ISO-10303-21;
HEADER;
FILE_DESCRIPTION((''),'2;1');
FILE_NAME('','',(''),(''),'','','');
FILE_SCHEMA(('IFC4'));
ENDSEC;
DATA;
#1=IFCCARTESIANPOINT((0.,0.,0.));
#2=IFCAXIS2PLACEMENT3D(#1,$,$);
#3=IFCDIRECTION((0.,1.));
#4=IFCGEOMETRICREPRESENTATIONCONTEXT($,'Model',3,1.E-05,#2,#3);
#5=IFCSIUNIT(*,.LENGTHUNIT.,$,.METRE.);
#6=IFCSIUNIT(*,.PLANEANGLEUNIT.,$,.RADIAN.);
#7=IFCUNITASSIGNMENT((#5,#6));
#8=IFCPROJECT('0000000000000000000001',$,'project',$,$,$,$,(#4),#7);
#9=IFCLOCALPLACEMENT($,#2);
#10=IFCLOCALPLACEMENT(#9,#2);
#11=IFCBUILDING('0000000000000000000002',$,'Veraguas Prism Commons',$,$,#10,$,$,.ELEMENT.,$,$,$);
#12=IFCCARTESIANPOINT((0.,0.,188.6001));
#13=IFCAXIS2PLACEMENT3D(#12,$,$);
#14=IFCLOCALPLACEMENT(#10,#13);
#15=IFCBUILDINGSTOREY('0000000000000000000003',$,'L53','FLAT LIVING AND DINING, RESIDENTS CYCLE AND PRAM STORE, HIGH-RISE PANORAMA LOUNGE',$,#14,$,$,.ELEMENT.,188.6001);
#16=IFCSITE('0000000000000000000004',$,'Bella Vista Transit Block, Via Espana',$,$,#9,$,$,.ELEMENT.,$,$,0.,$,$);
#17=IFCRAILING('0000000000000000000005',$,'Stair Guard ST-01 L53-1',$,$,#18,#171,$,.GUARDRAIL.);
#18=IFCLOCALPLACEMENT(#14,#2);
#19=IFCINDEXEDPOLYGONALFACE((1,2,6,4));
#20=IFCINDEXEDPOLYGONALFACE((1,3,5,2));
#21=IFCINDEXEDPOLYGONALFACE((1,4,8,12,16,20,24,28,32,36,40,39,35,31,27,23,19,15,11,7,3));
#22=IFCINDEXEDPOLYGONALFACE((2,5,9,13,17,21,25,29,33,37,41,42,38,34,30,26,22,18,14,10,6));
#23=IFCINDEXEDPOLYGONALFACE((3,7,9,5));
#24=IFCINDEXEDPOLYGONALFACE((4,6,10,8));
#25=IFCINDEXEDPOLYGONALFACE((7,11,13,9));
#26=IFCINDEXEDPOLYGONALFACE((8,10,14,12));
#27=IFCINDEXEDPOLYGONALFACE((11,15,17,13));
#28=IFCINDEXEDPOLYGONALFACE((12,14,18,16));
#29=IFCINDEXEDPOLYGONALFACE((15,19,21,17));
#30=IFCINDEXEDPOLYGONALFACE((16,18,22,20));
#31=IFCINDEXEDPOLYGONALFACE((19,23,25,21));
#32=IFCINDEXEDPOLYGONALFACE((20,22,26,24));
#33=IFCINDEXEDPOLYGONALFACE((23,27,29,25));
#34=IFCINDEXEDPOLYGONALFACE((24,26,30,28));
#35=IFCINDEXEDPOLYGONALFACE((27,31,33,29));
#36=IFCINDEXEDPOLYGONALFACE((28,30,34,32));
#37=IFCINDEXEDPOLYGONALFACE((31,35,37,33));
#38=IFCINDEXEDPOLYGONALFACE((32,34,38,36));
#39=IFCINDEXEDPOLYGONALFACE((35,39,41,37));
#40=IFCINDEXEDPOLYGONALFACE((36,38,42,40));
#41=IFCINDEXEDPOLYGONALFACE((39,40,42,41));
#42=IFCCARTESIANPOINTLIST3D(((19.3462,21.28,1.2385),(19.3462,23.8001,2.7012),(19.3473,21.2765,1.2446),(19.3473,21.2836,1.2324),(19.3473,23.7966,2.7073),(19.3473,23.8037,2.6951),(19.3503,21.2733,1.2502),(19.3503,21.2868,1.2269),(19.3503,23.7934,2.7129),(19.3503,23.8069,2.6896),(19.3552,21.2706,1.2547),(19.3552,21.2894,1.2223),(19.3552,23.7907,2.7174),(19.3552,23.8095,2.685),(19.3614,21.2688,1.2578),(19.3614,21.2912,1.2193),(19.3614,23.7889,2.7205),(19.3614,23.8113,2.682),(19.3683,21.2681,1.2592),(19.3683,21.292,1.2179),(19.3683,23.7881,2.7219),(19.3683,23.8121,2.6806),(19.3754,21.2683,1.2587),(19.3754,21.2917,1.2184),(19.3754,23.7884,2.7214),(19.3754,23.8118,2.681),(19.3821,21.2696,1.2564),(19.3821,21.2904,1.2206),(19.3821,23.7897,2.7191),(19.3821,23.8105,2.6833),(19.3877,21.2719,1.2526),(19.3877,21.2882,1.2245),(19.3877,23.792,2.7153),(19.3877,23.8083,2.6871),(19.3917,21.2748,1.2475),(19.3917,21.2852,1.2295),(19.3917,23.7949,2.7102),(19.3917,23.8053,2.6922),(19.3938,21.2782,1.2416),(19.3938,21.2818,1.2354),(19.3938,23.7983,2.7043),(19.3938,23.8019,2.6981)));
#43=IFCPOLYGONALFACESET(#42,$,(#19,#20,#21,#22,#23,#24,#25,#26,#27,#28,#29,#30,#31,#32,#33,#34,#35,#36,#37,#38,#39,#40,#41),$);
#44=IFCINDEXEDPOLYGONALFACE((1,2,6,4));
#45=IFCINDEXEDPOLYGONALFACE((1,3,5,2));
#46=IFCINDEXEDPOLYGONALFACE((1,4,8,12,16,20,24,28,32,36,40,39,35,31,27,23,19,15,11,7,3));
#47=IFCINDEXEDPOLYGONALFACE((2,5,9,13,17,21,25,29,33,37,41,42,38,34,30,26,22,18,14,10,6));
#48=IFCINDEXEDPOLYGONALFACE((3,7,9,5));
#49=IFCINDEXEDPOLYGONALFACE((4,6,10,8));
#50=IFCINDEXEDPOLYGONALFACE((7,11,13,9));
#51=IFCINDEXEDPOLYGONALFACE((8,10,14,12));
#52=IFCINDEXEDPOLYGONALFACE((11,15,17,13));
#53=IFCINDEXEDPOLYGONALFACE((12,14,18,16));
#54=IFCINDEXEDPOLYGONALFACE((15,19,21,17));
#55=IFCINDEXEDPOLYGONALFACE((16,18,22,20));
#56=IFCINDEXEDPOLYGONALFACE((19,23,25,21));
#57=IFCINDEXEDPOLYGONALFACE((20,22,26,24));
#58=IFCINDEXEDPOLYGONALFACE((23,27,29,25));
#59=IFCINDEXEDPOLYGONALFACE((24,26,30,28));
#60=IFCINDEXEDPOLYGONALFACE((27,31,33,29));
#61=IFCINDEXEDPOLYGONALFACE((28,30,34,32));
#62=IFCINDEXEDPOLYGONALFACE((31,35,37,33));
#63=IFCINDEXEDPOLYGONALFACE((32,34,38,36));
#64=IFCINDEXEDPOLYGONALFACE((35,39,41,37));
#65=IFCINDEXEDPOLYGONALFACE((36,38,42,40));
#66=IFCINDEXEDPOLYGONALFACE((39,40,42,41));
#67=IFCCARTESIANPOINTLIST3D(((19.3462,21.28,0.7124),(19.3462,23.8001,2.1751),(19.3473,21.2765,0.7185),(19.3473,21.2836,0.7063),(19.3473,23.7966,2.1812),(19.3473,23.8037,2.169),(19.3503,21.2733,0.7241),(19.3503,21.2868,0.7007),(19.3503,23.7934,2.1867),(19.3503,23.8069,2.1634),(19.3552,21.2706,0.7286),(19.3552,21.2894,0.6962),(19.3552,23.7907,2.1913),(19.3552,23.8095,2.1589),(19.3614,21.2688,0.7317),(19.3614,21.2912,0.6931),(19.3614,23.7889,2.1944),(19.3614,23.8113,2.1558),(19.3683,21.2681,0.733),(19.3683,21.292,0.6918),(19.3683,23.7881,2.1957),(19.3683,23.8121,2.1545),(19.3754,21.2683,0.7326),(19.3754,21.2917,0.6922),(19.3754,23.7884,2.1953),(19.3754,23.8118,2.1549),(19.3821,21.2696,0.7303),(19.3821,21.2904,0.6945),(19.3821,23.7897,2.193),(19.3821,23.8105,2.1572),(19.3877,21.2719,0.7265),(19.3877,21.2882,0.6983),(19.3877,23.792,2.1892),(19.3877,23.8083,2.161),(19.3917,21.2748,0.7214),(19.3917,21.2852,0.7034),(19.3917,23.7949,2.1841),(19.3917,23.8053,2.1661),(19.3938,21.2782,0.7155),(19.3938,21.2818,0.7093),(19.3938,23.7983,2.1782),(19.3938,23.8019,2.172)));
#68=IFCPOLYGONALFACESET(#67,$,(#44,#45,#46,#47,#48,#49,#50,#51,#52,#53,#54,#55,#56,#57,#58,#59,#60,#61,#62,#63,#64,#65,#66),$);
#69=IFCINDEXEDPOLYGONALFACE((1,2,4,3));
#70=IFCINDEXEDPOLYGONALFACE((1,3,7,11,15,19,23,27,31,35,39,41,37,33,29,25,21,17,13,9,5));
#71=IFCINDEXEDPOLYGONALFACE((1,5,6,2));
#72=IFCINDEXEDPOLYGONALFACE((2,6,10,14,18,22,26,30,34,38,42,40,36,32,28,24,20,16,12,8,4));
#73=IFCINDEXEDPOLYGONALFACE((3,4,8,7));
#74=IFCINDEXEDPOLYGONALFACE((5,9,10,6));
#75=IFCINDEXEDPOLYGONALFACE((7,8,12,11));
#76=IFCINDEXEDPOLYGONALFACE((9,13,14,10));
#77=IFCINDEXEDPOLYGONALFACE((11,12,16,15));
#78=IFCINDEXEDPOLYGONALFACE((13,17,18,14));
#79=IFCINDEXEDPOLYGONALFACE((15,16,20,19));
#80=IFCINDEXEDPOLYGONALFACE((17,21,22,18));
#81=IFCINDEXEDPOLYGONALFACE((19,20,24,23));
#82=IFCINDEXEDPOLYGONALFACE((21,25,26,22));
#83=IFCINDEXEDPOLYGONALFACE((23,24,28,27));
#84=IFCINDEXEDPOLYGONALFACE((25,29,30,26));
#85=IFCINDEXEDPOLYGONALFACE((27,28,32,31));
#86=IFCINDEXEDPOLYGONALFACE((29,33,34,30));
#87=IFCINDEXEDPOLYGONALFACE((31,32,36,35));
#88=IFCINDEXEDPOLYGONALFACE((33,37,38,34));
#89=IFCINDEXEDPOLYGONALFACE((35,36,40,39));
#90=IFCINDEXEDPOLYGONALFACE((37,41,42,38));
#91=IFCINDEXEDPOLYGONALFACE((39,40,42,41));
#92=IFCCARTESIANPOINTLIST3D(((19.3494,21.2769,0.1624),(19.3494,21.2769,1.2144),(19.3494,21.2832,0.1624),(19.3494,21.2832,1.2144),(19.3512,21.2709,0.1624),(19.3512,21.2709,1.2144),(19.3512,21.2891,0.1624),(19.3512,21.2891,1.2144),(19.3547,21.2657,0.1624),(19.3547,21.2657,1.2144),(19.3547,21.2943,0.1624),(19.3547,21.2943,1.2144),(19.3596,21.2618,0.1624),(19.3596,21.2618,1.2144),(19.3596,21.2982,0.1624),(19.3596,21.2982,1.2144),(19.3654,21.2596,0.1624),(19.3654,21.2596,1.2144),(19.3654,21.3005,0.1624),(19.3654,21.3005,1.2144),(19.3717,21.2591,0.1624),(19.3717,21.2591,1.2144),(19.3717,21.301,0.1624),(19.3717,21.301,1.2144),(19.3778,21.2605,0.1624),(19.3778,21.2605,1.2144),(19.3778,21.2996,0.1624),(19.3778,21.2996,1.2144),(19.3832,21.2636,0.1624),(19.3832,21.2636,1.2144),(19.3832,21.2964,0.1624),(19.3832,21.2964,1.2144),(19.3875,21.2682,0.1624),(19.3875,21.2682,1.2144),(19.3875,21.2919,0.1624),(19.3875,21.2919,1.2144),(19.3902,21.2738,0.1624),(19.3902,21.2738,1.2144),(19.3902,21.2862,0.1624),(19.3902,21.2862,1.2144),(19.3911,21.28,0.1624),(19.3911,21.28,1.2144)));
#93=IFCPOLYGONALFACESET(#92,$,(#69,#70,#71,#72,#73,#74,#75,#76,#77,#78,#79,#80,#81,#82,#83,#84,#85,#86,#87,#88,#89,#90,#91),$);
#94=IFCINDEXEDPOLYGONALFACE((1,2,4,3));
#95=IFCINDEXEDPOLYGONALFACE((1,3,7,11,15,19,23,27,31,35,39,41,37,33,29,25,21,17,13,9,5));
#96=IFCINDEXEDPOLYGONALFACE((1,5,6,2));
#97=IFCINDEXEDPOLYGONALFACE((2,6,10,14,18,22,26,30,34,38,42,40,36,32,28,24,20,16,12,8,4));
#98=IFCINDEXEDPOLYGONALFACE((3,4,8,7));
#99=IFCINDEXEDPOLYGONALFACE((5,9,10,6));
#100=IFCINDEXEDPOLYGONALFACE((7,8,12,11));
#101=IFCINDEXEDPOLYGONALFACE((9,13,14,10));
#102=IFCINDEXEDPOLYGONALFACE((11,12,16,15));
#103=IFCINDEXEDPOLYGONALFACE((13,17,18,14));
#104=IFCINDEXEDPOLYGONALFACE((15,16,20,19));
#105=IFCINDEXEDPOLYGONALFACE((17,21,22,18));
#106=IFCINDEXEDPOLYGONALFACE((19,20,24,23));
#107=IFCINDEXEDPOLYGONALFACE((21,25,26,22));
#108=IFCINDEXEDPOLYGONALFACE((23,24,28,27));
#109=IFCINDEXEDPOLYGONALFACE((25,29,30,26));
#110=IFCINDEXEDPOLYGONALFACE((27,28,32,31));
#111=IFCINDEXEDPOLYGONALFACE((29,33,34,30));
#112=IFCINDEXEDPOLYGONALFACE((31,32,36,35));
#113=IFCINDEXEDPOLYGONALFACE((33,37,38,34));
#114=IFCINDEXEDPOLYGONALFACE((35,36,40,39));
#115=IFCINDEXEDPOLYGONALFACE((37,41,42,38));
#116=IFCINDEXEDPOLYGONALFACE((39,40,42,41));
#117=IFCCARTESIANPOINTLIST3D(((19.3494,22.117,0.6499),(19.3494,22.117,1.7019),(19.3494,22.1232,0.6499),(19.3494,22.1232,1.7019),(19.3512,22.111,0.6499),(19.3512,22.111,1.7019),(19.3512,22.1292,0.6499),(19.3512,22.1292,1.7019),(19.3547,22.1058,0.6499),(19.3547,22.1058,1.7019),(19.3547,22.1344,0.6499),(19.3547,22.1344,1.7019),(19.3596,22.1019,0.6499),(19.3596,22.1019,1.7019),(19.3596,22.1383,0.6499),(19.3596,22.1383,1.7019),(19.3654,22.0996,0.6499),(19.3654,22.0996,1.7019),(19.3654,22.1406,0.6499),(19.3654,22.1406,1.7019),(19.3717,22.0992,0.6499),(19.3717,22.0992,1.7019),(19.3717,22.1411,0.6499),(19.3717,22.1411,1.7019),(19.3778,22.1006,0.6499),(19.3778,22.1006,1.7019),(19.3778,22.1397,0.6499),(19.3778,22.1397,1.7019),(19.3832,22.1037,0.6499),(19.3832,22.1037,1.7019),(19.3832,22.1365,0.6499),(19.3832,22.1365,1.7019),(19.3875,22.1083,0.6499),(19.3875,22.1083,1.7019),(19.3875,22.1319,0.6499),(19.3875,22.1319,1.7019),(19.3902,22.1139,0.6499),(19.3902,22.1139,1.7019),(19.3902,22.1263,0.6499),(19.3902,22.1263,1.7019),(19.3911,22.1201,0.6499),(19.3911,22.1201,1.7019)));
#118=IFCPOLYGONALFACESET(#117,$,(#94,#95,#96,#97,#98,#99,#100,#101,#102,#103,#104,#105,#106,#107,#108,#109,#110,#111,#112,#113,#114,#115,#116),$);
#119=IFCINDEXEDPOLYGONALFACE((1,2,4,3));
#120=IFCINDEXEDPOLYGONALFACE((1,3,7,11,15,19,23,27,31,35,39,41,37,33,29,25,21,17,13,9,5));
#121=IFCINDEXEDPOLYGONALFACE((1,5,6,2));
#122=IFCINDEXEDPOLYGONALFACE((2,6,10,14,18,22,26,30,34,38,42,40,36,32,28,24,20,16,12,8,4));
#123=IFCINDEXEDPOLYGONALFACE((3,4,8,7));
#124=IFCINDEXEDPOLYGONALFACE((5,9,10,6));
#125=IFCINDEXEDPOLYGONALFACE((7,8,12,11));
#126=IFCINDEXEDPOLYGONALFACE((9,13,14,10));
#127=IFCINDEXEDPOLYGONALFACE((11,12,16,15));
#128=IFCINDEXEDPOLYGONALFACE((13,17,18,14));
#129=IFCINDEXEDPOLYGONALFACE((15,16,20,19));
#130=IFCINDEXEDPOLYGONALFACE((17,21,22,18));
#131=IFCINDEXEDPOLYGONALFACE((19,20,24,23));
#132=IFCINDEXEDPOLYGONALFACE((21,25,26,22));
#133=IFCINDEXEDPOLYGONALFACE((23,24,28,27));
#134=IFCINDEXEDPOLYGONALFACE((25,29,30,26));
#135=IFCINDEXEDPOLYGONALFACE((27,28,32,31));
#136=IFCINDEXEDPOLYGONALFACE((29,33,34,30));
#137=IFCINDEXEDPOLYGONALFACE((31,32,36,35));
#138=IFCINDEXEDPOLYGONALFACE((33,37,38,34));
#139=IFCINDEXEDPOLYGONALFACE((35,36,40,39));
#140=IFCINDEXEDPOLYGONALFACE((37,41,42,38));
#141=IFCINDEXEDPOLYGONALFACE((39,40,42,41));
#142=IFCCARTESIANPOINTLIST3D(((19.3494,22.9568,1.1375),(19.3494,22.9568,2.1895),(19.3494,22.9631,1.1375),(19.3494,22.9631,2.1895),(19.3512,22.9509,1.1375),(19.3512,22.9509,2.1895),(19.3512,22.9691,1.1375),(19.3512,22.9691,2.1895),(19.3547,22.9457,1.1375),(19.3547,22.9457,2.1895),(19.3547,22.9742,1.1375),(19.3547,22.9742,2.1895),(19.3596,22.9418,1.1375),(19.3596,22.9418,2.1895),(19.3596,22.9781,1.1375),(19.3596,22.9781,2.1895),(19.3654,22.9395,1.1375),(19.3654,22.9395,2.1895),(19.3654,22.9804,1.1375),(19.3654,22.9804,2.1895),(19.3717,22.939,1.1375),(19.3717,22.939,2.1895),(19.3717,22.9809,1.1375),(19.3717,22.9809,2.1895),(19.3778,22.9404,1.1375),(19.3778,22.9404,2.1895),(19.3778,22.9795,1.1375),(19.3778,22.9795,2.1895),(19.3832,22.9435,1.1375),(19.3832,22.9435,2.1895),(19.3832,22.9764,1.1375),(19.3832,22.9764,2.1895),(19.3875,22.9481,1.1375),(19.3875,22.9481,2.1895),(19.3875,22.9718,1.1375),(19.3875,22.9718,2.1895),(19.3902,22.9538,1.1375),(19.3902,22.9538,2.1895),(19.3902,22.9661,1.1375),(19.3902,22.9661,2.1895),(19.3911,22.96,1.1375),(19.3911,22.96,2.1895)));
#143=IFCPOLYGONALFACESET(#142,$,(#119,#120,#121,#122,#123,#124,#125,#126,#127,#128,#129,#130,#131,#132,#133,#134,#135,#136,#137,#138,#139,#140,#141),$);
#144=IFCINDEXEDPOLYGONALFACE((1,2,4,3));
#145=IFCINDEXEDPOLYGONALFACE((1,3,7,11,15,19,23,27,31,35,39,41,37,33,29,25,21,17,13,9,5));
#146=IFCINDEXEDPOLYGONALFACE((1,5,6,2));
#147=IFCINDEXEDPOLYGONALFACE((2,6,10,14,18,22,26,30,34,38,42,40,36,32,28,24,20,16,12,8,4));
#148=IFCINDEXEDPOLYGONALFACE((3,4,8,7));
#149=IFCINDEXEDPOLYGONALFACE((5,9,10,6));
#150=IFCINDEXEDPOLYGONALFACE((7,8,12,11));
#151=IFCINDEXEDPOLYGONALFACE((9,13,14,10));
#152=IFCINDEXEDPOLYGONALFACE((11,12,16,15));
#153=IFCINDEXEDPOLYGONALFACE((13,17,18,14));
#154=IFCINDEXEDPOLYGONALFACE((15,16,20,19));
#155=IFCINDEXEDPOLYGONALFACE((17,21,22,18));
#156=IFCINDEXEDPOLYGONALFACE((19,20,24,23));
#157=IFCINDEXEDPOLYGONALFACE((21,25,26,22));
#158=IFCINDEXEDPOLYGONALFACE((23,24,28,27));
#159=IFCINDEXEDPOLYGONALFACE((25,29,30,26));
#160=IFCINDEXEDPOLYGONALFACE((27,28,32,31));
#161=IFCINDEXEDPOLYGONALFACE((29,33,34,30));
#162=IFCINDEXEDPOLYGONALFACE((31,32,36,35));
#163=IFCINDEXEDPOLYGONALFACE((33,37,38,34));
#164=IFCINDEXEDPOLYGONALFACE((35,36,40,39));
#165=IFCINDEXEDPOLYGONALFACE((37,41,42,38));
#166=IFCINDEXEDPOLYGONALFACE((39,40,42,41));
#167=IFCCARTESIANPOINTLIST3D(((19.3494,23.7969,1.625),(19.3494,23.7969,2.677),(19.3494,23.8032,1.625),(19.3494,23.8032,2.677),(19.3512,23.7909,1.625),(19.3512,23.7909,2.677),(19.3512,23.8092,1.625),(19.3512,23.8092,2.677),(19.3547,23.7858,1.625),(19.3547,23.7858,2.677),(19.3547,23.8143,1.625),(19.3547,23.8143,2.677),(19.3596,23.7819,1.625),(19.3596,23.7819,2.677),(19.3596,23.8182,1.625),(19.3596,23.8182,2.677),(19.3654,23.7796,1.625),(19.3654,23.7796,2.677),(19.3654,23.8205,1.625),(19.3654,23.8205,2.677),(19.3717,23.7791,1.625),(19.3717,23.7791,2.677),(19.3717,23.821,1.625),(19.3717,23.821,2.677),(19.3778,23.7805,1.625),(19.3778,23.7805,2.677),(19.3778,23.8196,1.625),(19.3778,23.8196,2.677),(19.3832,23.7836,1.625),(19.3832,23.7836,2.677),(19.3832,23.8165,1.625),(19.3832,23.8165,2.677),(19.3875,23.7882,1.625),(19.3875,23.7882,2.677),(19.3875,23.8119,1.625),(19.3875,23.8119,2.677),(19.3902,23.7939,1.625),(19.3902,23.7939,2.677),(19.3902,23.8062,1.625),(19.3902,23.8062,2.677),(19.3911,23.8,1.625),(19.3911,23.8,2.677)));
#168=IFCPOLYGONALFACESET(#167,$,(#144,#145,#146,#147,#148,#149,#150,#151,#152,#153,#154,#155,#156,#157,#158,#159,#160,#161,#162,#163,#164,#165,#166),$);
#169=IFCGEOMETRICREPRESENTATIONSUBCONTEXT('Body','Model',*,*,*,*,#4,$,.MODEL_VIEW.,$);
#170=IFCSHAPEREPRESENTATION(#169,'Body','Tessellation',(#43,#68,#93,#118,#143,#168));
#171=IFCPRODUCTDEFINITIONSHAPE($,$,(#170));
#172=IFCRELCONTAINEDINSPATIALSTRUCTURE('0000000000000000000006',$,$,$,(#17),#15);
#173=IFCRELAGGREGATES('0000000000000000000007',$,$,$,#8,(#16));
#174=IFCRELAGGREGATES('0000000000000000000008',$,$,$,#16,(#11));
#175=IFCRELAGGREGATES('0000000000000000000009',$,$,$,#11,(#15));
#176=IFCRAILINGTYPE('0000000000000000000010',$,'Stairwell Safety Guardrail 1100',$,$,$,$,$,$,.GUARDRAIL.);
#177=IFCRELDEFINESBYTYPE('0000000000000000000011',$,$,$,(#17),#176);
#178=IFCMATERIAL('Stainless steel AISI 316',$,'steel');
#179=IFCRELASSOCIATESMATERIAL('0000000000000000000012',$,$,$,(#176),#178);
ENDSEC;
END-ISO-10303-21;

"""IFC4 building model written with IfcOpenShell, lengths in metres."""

from ifc_helpers import new_model, si_unit, direction, frame, origin, origin_2d, place, context, subcontext, project, spatial, circle, extrude, material, type_object, element, save


model = new_model("IFC4")

# Units and contexts
model_context = context("Model", 3, precision=1e-05, world=origin(), true_north=direction((0.0, 1.0)))
body_context = subcontext(model_context, "Body", "Model", "MODEL_VIEW")
ifc_project = project(units=[si_unit("LENGTHUNIT", "METRE"), si_unit("PLANEANGLEUNIT", "RADIAN")], contexts=[model_context])

# Site, building, storey
site_placement = place(None, origin())
site = spatial("IfcSite", under=ifc_project, at=site_placement, Name="Bella Vista Transit Block, Via Espana", CompositionType="ELEMENT", RefElevation=0.0)
building_placement = place(site_placement, origin())
building = spatial("IfcBuilding", under=site, at=building_placement, Name="Veraguas Prism Commons", CompositionType="ELEMENT")
storey_placement = place(building_placement, frame((0.0, 0.0, 188.6001)))
storey = spatial("IfcBuildingStorey", under=building, at=storey_placement, Name="L53", Description="FLAT LIVING AND DINING, RESIDENTS CYCLE AND PRAM STORE, HIGH-RISE PANORAMA LOUNGE", CompositionType="ELEMENT", Elevation=188.6001)

# Railing
ifc_material_1 = material(Name="Stainless steel AISI 316", Category="steel")
railing_type = type_object("IfcRailingType", Name="Stairwell Safety Guardrail 1100", PredefinedType="GUARDRAIL", material=ifc_material_1)
railing_1_placement = place(storey_placement, frame((19.3701, 21.28, 0.1624)))
element("IfcRailing", 1, at=railing_1_placement, inside=storey, type_object=railing_type, Name="Stair Guard ST-01 L53-1", PredefinedType="GUARDRAIL", context=body_context, shape_type="SweptSolid", body=[
    extrude(circle(Radius=0.0239, at=origin_2d()), frame((0.0, 0.0, 1.0762), z_axis=(0.0, 0.864877, 0.501984), x_axis=(-1.0, 0.0, 0.0)), (0.0, 0.0, 1.0), 2.9138),
    extrude(circle(Radius=0.0239, at=origin_2d()), frame((0.0, 0.0, 0.55), z_axis=(0.0, 0.864877, 0.501984), x_axis=(-1.0, 0.0, 0.0)), (0.0, 0.0, 1.0), 2.9138),
    extrude(circle(Radius=0.021, at=origin_2d()), origin(), (0.0, 0.0, 1.0), 1.052),
    extrude(circle(Radius=0.021, at=origin_2d()), frame((0.0, 0.8401, 0.4875)), (0.0, 0.0, 1.0), 1.052),
    extrude(circle(Radius=0.021, at=origin_2d()), frame((0.0, 1.6799, 0.9751)), (0.0, 0.0, 1.0), 1.052),
    extrude(circle(Radius=0.021, at=origin_2d()), frame((0.0, 2.52, 1.4626)), (0.0, 0.0, 1.0), 1.052),
])

save(model, "model.ifc")
